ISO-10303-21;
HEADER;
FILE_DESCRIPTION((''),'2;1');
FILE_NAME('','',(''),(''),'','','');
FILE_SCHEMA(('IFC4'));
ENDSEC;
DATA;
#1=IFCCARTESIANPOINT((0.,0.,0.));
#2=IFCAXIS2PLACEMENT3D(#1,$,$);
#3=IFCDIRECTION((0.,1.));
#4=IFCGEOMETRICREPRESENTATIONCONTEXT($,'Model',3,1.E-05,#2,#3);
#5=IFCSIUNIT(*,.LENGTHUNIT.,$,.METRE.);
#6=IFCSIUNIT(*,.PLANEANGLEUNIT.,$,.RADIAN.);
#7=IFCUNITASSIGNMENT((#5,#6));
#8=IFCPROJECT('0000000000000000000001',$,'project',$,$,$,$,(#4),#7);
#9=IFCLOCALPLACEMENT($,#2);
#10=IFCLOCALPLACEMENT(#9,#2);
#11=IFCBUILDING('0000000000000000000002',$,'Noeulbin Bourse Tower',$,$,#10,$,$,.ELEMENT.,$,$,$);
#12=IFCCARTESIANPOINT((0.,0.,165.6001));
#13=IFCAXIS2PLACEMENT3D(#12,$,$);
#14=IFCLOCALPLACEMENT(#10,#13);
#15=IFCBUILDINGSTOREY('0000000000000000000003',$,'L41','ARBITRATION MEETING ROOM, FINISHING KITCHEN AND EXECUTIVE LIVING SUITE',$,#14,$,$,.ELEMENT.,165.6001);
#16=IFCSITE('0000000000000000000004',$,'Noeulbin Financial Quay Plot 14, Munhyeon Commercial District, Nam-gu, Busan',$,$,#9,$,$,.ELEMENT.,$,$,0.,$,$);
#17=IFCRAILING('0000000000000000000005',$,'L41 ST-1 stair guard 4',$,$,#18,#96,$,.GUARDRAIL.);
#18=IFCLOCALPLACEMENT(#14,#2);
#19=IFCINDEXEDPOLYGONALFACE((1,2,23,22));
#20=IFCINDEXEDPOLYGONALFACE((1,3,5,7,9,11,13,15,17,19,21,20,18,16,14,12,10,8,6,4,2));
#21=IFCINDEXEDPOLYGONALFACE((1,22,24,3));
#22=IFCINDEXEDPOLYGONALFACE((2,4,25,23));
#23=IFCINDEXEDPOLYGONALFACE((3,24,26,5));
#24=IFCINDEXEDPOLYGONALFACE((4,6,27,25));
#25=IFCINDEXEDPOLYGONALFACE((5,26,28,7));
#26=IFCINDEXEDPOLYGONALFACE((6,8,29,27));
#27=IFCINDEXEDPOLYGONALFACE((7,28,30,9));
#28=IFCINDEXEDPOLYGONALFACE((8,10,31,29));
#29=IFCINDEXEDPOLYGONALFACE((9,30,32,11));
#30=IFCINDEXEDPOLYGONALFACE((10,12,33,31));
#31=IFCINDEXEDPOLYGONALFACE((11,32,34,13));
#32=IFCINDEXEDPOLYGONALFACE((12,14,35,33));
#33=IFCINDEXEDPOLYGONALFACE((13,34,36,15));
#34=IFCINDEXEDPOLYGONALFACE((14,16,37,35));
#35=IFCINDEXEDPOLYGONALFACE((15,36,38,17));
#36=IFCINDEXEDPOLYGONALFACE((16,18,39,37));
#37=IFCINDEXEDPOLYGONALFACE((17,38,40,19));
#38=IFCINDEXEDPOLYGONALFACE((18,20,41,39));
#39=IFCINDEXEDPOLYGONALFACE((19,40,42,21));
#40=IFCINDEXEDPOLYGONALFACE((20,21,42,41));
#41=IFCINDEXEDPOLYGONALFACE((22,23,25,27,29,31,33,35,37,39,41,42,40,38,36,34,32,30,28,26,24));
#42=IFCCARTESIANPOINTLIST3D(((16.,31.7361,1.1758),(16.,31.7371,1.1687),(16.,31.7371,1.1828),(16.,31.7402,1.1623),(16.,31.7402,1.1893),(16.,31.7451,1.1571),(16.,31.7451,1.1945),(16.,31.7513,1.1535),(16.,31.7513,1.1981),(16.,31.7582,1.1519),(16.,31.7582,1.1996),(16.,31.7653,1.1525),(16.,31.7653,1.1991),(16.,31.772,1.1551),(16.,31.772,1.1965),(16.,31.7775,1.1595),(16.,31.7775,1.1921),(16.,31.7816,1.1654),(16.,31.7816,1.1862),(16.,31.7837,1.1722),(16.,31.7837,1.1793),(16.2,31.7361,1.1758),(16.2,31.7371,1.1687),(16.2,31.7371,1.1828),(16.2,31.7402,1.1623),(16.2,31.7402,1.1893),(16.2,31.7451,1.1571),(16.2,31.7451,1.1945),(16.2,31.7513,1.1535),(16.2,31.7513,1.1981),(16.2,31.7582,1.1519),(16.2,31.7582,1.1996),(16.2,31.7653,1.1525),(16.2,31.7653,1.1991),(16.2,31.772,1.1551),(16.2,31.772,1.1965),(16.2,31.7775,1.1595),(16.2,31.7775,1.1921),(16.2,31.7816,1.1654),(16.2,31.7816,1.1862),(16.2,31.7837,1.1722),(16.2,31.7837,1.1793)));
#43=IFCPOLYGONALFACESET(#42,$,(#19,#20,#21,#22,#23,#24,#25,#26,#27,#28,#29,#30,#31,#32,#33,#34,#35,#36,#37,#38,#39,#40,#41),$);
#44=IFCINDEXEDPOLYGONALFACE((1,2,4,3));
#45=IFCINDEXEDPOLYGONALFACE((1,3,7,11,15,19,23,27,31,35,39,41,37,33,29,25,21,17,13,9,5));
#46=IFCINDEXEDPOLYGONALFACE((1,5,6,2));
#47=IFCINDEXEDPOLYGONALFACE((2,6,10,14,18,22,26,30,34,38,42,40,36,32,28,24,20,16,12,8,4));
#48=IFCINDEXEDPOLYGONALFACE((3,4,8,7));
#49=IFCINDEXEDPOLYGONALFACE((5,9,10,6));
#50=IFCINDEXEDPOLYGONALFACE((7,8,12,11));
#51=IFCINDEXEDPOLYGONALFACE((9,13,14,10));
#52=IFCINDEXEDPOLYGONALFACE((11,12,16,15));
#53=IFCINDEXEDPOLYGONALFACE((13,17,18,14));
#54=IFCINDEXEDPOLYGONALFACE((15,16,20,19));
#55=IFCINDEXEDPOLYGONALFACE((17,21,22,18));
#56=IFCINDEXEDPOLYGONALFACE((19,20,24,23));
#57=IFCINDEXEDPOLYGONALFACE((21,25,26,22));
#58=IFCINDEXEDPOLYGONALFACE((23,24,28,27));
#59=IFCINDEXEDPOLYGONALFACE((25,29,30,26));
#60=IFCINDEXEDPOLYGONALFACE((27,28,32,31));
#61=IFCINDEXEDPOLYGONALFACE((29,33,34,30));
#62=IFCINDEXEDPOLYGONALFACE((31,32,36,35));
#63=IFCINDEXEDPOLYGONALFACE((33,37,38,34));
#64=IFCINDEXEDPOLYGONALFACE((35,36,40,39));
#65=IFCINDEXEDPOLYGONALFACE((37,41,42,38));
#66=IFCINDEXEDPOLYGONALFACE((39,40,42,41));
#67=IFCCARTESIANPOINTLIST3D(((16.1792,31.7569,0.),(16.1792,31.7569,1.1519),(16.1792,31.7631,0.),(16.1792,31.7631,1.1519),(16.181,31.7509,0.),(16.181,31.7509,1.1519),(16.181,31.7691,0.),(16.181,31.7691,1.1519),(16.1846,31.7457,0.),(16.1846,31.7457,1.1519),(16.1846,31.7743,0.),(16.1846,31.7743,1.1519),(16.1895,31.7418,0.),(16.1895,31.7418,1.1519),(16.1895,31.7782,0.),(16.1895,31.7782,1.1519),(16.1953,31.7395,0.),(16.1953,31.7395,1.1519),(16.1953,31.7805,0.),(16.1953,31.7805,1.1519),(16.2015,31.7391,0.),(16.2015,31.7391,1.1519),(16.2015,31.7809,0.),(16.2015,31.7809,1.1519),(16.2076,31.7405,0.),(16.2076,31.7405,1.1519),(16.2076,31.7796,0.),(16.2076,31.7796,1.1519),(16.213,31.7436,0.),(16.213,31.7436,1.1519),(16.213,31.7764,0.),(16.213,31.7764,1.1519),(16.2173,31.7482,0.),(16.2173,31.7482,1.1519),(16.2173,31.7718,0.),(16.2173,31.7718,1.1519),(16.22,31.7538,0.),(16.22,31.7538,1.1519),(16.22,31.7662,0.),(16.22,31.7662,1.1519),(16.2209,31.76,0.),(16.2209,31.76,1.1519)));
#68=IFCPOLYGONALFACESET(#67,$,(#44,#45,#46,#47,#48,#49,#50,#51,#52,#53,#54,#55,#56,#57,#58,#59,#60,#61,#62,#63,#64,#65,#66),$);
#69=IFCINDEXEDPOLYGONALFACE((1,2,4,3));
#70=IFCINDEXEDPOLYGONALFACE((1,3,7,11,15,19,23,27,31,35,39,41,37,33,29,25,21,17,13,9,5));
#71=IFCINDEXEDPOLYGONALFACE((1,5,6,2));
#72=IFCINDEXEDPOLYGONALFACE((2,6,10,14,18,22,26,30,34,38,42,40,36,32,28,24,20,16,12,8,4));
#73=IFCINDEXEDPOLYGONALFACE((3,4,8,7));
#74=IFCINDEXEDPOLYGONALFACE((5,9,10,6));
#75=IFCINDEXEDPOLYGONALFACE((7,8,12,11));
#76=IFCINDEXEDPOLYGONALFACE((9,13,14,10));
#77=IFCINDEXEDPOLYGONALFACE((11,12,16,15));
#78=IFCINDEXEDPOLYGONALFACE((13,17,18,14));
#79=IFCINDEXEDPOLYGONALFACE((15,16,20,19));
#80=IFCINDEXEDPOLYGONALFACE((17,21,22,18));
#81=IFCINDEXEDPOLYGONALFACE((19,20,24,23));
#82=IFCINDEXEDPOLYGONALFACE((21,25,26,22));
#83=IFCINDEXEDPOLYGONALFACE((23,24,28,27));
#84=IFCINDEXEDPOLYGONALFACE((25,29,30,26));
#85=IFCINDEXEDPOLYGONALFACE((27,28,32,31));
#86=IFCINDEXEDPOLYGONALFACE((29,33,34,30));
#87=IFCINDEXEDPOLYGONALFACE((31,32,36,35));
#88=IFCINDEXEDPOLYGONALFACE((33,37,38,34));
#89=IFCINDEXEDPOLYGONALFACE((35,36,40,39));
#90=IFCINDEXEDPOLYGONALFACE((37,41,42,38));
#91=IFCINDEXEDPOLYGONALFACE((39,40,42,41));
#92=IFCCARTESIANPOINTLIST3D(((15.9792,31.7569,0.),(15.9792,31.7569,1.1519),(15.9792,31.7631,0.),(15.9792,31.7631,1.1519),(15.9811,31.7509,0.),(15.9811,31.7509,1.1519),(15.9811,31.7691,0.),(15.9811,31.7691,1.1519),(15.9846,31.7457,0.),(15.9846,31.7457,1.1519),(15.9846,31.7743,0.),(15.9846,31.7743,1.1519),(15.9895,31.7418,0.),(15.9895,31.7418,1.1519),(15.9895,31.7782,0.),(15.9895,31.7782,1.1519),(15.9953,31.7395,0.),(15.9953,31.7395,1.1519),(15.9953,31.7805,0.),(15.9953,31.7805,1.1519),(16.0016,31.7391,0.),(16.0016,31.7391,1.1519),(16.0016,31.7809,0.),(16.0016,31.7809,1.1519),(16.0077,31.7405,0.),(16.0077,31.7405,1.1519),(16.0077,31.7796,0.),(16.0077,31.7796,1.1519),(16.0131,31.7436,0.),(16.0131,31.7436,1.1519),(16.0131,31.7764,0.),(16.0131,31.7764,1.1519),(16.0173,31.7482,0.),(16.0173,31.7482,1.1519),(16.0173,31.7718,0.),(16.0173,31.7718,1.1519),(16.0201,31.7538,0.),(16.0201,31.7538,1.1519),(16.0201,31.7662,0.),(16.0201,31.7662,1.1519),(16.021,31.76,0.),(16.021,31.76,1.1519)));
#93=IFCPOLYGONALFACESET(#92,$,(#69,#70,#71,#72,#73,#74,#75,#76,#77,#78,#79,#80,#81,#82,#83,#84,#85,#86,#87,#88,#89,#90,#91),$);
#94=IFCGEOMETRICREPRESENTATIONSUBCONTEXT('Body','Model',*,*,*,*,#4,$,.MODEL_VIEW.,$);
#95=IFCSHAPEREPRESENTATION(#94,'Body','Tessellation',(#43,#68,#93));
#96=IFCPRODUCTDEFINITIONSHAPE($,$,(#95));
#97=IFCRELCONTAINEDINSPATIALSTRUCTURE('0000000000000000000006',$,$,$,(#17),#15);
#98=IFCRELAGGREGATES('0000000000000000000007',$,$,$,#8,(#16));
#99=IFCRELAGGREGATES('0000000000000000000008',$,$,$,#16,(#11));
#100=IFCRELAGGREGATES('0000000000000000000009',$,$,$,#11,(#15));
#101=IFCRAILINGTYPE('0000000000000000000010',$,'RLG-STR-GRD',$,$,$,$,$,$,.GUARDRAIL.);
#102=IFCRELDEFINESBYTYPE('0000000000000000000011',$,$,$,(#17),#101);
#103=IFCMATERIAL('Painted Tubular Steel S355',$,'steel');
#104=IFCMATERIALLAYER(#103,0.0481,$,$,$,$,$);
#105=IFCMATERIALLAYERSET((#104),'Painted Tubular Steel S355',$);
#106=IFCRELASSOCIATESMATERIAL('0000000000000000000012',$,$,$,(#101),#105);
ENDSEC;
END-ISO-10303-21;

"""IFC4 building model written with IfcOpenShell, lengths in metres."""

from ifc_helpers import new_model, si_unit, direction, frame, origin, origin_2d, place, context, subcontext, project, spatial, circle, extrude, material, layer, layer_set, type_object, element, save


model = new_model("IFC4")

# Units and contexts
model_context = context("Model", 3, precision=1e-05, world=origin(), true_north=direction((0.0, 1.0)))
body_context = subcontext(model_context, "Body", "Model", "MODEL_VIEW")
ifc_project = project(units=[si_unit("LENGTHUNIT", "METRE"), si_unit("PLANEANGLEUNIT", "RADIAN")], contexts=[model_context])

# Site, building, storey
site_placement = place(None, origin())
site = spatial("IfcSite", under=ifc_project, at=site_placement, Name="Noeulbin Financial Quay Plot 14, Munhyeon Commercial District, Nam-gu, Busan", CompositionType="ELEMENT", RefElevation=0.0)
building_placement = place(site_placement, origin())
building = spatial("IfcBuilding", under=site, at=building_placement, Name="Noeulbin Bourse Tower", CompositionType="ELEMENT")
storey_placement = place(building_placement, frame((0.0, 0.0, 165.6001)))
storey = spatial("IfcBuildingStorey", under=building, at=storey_placement, Name="L41", Description="ARBITRATION MEETING ROOM, FINISHING KITCHEN AND EXECUTIVE LIVING SUITE", CompositionType="ELEMENT", Elevation=165.6001)

# Railing
ifc_material_1 = material(Name="Painted Tubular Steel S355", Category="steel")
ifc_layer_1 = layer(ifc_material_1, 0.0481)
ifc_layer_set_1 = layer_set([ifc_layer_1], Name="Painted Tubular Steel S355")
railing_type_1 = type_object("IfcRailingType", Name="RLG-STR-GRD", PredefinedType="GUARDRAIL", material=ifc_layer_set_1)
railing_1_placement = place(storey_placement, frame((16.2, 31.76, 0.0)))
element("IfcRailing", 1, at=railing_1_placement, inside=storey, type_object=railing_type_1, Name="L41 ST-1 stair guard 4", PredefinedType="GUARDRAIL", context=body_context, shape_type="SweptSolid", body=[
    extrude(circle(Radius=0.0239, at=origin_2d()), frame((0.0, 0.0, 1.1758), z_axis=(-1.0, 0.0, 0.0), x_axis=(0.0, -1.0, 0.0)), (0.0, 0.0, 1.0), 0.2),
    extrude(circle(Radius=0.021, at=origin_2d()), origin(), (0.0, 0.0, 1.0), 1.1519),
    extrude(circle(Radius=0.021, at=origin_2d()), frame((-0.2, 0.0, 0.0)), (0.0, 0.0, 1.0), 1.1519),
])

save(model, "model.ifc")
